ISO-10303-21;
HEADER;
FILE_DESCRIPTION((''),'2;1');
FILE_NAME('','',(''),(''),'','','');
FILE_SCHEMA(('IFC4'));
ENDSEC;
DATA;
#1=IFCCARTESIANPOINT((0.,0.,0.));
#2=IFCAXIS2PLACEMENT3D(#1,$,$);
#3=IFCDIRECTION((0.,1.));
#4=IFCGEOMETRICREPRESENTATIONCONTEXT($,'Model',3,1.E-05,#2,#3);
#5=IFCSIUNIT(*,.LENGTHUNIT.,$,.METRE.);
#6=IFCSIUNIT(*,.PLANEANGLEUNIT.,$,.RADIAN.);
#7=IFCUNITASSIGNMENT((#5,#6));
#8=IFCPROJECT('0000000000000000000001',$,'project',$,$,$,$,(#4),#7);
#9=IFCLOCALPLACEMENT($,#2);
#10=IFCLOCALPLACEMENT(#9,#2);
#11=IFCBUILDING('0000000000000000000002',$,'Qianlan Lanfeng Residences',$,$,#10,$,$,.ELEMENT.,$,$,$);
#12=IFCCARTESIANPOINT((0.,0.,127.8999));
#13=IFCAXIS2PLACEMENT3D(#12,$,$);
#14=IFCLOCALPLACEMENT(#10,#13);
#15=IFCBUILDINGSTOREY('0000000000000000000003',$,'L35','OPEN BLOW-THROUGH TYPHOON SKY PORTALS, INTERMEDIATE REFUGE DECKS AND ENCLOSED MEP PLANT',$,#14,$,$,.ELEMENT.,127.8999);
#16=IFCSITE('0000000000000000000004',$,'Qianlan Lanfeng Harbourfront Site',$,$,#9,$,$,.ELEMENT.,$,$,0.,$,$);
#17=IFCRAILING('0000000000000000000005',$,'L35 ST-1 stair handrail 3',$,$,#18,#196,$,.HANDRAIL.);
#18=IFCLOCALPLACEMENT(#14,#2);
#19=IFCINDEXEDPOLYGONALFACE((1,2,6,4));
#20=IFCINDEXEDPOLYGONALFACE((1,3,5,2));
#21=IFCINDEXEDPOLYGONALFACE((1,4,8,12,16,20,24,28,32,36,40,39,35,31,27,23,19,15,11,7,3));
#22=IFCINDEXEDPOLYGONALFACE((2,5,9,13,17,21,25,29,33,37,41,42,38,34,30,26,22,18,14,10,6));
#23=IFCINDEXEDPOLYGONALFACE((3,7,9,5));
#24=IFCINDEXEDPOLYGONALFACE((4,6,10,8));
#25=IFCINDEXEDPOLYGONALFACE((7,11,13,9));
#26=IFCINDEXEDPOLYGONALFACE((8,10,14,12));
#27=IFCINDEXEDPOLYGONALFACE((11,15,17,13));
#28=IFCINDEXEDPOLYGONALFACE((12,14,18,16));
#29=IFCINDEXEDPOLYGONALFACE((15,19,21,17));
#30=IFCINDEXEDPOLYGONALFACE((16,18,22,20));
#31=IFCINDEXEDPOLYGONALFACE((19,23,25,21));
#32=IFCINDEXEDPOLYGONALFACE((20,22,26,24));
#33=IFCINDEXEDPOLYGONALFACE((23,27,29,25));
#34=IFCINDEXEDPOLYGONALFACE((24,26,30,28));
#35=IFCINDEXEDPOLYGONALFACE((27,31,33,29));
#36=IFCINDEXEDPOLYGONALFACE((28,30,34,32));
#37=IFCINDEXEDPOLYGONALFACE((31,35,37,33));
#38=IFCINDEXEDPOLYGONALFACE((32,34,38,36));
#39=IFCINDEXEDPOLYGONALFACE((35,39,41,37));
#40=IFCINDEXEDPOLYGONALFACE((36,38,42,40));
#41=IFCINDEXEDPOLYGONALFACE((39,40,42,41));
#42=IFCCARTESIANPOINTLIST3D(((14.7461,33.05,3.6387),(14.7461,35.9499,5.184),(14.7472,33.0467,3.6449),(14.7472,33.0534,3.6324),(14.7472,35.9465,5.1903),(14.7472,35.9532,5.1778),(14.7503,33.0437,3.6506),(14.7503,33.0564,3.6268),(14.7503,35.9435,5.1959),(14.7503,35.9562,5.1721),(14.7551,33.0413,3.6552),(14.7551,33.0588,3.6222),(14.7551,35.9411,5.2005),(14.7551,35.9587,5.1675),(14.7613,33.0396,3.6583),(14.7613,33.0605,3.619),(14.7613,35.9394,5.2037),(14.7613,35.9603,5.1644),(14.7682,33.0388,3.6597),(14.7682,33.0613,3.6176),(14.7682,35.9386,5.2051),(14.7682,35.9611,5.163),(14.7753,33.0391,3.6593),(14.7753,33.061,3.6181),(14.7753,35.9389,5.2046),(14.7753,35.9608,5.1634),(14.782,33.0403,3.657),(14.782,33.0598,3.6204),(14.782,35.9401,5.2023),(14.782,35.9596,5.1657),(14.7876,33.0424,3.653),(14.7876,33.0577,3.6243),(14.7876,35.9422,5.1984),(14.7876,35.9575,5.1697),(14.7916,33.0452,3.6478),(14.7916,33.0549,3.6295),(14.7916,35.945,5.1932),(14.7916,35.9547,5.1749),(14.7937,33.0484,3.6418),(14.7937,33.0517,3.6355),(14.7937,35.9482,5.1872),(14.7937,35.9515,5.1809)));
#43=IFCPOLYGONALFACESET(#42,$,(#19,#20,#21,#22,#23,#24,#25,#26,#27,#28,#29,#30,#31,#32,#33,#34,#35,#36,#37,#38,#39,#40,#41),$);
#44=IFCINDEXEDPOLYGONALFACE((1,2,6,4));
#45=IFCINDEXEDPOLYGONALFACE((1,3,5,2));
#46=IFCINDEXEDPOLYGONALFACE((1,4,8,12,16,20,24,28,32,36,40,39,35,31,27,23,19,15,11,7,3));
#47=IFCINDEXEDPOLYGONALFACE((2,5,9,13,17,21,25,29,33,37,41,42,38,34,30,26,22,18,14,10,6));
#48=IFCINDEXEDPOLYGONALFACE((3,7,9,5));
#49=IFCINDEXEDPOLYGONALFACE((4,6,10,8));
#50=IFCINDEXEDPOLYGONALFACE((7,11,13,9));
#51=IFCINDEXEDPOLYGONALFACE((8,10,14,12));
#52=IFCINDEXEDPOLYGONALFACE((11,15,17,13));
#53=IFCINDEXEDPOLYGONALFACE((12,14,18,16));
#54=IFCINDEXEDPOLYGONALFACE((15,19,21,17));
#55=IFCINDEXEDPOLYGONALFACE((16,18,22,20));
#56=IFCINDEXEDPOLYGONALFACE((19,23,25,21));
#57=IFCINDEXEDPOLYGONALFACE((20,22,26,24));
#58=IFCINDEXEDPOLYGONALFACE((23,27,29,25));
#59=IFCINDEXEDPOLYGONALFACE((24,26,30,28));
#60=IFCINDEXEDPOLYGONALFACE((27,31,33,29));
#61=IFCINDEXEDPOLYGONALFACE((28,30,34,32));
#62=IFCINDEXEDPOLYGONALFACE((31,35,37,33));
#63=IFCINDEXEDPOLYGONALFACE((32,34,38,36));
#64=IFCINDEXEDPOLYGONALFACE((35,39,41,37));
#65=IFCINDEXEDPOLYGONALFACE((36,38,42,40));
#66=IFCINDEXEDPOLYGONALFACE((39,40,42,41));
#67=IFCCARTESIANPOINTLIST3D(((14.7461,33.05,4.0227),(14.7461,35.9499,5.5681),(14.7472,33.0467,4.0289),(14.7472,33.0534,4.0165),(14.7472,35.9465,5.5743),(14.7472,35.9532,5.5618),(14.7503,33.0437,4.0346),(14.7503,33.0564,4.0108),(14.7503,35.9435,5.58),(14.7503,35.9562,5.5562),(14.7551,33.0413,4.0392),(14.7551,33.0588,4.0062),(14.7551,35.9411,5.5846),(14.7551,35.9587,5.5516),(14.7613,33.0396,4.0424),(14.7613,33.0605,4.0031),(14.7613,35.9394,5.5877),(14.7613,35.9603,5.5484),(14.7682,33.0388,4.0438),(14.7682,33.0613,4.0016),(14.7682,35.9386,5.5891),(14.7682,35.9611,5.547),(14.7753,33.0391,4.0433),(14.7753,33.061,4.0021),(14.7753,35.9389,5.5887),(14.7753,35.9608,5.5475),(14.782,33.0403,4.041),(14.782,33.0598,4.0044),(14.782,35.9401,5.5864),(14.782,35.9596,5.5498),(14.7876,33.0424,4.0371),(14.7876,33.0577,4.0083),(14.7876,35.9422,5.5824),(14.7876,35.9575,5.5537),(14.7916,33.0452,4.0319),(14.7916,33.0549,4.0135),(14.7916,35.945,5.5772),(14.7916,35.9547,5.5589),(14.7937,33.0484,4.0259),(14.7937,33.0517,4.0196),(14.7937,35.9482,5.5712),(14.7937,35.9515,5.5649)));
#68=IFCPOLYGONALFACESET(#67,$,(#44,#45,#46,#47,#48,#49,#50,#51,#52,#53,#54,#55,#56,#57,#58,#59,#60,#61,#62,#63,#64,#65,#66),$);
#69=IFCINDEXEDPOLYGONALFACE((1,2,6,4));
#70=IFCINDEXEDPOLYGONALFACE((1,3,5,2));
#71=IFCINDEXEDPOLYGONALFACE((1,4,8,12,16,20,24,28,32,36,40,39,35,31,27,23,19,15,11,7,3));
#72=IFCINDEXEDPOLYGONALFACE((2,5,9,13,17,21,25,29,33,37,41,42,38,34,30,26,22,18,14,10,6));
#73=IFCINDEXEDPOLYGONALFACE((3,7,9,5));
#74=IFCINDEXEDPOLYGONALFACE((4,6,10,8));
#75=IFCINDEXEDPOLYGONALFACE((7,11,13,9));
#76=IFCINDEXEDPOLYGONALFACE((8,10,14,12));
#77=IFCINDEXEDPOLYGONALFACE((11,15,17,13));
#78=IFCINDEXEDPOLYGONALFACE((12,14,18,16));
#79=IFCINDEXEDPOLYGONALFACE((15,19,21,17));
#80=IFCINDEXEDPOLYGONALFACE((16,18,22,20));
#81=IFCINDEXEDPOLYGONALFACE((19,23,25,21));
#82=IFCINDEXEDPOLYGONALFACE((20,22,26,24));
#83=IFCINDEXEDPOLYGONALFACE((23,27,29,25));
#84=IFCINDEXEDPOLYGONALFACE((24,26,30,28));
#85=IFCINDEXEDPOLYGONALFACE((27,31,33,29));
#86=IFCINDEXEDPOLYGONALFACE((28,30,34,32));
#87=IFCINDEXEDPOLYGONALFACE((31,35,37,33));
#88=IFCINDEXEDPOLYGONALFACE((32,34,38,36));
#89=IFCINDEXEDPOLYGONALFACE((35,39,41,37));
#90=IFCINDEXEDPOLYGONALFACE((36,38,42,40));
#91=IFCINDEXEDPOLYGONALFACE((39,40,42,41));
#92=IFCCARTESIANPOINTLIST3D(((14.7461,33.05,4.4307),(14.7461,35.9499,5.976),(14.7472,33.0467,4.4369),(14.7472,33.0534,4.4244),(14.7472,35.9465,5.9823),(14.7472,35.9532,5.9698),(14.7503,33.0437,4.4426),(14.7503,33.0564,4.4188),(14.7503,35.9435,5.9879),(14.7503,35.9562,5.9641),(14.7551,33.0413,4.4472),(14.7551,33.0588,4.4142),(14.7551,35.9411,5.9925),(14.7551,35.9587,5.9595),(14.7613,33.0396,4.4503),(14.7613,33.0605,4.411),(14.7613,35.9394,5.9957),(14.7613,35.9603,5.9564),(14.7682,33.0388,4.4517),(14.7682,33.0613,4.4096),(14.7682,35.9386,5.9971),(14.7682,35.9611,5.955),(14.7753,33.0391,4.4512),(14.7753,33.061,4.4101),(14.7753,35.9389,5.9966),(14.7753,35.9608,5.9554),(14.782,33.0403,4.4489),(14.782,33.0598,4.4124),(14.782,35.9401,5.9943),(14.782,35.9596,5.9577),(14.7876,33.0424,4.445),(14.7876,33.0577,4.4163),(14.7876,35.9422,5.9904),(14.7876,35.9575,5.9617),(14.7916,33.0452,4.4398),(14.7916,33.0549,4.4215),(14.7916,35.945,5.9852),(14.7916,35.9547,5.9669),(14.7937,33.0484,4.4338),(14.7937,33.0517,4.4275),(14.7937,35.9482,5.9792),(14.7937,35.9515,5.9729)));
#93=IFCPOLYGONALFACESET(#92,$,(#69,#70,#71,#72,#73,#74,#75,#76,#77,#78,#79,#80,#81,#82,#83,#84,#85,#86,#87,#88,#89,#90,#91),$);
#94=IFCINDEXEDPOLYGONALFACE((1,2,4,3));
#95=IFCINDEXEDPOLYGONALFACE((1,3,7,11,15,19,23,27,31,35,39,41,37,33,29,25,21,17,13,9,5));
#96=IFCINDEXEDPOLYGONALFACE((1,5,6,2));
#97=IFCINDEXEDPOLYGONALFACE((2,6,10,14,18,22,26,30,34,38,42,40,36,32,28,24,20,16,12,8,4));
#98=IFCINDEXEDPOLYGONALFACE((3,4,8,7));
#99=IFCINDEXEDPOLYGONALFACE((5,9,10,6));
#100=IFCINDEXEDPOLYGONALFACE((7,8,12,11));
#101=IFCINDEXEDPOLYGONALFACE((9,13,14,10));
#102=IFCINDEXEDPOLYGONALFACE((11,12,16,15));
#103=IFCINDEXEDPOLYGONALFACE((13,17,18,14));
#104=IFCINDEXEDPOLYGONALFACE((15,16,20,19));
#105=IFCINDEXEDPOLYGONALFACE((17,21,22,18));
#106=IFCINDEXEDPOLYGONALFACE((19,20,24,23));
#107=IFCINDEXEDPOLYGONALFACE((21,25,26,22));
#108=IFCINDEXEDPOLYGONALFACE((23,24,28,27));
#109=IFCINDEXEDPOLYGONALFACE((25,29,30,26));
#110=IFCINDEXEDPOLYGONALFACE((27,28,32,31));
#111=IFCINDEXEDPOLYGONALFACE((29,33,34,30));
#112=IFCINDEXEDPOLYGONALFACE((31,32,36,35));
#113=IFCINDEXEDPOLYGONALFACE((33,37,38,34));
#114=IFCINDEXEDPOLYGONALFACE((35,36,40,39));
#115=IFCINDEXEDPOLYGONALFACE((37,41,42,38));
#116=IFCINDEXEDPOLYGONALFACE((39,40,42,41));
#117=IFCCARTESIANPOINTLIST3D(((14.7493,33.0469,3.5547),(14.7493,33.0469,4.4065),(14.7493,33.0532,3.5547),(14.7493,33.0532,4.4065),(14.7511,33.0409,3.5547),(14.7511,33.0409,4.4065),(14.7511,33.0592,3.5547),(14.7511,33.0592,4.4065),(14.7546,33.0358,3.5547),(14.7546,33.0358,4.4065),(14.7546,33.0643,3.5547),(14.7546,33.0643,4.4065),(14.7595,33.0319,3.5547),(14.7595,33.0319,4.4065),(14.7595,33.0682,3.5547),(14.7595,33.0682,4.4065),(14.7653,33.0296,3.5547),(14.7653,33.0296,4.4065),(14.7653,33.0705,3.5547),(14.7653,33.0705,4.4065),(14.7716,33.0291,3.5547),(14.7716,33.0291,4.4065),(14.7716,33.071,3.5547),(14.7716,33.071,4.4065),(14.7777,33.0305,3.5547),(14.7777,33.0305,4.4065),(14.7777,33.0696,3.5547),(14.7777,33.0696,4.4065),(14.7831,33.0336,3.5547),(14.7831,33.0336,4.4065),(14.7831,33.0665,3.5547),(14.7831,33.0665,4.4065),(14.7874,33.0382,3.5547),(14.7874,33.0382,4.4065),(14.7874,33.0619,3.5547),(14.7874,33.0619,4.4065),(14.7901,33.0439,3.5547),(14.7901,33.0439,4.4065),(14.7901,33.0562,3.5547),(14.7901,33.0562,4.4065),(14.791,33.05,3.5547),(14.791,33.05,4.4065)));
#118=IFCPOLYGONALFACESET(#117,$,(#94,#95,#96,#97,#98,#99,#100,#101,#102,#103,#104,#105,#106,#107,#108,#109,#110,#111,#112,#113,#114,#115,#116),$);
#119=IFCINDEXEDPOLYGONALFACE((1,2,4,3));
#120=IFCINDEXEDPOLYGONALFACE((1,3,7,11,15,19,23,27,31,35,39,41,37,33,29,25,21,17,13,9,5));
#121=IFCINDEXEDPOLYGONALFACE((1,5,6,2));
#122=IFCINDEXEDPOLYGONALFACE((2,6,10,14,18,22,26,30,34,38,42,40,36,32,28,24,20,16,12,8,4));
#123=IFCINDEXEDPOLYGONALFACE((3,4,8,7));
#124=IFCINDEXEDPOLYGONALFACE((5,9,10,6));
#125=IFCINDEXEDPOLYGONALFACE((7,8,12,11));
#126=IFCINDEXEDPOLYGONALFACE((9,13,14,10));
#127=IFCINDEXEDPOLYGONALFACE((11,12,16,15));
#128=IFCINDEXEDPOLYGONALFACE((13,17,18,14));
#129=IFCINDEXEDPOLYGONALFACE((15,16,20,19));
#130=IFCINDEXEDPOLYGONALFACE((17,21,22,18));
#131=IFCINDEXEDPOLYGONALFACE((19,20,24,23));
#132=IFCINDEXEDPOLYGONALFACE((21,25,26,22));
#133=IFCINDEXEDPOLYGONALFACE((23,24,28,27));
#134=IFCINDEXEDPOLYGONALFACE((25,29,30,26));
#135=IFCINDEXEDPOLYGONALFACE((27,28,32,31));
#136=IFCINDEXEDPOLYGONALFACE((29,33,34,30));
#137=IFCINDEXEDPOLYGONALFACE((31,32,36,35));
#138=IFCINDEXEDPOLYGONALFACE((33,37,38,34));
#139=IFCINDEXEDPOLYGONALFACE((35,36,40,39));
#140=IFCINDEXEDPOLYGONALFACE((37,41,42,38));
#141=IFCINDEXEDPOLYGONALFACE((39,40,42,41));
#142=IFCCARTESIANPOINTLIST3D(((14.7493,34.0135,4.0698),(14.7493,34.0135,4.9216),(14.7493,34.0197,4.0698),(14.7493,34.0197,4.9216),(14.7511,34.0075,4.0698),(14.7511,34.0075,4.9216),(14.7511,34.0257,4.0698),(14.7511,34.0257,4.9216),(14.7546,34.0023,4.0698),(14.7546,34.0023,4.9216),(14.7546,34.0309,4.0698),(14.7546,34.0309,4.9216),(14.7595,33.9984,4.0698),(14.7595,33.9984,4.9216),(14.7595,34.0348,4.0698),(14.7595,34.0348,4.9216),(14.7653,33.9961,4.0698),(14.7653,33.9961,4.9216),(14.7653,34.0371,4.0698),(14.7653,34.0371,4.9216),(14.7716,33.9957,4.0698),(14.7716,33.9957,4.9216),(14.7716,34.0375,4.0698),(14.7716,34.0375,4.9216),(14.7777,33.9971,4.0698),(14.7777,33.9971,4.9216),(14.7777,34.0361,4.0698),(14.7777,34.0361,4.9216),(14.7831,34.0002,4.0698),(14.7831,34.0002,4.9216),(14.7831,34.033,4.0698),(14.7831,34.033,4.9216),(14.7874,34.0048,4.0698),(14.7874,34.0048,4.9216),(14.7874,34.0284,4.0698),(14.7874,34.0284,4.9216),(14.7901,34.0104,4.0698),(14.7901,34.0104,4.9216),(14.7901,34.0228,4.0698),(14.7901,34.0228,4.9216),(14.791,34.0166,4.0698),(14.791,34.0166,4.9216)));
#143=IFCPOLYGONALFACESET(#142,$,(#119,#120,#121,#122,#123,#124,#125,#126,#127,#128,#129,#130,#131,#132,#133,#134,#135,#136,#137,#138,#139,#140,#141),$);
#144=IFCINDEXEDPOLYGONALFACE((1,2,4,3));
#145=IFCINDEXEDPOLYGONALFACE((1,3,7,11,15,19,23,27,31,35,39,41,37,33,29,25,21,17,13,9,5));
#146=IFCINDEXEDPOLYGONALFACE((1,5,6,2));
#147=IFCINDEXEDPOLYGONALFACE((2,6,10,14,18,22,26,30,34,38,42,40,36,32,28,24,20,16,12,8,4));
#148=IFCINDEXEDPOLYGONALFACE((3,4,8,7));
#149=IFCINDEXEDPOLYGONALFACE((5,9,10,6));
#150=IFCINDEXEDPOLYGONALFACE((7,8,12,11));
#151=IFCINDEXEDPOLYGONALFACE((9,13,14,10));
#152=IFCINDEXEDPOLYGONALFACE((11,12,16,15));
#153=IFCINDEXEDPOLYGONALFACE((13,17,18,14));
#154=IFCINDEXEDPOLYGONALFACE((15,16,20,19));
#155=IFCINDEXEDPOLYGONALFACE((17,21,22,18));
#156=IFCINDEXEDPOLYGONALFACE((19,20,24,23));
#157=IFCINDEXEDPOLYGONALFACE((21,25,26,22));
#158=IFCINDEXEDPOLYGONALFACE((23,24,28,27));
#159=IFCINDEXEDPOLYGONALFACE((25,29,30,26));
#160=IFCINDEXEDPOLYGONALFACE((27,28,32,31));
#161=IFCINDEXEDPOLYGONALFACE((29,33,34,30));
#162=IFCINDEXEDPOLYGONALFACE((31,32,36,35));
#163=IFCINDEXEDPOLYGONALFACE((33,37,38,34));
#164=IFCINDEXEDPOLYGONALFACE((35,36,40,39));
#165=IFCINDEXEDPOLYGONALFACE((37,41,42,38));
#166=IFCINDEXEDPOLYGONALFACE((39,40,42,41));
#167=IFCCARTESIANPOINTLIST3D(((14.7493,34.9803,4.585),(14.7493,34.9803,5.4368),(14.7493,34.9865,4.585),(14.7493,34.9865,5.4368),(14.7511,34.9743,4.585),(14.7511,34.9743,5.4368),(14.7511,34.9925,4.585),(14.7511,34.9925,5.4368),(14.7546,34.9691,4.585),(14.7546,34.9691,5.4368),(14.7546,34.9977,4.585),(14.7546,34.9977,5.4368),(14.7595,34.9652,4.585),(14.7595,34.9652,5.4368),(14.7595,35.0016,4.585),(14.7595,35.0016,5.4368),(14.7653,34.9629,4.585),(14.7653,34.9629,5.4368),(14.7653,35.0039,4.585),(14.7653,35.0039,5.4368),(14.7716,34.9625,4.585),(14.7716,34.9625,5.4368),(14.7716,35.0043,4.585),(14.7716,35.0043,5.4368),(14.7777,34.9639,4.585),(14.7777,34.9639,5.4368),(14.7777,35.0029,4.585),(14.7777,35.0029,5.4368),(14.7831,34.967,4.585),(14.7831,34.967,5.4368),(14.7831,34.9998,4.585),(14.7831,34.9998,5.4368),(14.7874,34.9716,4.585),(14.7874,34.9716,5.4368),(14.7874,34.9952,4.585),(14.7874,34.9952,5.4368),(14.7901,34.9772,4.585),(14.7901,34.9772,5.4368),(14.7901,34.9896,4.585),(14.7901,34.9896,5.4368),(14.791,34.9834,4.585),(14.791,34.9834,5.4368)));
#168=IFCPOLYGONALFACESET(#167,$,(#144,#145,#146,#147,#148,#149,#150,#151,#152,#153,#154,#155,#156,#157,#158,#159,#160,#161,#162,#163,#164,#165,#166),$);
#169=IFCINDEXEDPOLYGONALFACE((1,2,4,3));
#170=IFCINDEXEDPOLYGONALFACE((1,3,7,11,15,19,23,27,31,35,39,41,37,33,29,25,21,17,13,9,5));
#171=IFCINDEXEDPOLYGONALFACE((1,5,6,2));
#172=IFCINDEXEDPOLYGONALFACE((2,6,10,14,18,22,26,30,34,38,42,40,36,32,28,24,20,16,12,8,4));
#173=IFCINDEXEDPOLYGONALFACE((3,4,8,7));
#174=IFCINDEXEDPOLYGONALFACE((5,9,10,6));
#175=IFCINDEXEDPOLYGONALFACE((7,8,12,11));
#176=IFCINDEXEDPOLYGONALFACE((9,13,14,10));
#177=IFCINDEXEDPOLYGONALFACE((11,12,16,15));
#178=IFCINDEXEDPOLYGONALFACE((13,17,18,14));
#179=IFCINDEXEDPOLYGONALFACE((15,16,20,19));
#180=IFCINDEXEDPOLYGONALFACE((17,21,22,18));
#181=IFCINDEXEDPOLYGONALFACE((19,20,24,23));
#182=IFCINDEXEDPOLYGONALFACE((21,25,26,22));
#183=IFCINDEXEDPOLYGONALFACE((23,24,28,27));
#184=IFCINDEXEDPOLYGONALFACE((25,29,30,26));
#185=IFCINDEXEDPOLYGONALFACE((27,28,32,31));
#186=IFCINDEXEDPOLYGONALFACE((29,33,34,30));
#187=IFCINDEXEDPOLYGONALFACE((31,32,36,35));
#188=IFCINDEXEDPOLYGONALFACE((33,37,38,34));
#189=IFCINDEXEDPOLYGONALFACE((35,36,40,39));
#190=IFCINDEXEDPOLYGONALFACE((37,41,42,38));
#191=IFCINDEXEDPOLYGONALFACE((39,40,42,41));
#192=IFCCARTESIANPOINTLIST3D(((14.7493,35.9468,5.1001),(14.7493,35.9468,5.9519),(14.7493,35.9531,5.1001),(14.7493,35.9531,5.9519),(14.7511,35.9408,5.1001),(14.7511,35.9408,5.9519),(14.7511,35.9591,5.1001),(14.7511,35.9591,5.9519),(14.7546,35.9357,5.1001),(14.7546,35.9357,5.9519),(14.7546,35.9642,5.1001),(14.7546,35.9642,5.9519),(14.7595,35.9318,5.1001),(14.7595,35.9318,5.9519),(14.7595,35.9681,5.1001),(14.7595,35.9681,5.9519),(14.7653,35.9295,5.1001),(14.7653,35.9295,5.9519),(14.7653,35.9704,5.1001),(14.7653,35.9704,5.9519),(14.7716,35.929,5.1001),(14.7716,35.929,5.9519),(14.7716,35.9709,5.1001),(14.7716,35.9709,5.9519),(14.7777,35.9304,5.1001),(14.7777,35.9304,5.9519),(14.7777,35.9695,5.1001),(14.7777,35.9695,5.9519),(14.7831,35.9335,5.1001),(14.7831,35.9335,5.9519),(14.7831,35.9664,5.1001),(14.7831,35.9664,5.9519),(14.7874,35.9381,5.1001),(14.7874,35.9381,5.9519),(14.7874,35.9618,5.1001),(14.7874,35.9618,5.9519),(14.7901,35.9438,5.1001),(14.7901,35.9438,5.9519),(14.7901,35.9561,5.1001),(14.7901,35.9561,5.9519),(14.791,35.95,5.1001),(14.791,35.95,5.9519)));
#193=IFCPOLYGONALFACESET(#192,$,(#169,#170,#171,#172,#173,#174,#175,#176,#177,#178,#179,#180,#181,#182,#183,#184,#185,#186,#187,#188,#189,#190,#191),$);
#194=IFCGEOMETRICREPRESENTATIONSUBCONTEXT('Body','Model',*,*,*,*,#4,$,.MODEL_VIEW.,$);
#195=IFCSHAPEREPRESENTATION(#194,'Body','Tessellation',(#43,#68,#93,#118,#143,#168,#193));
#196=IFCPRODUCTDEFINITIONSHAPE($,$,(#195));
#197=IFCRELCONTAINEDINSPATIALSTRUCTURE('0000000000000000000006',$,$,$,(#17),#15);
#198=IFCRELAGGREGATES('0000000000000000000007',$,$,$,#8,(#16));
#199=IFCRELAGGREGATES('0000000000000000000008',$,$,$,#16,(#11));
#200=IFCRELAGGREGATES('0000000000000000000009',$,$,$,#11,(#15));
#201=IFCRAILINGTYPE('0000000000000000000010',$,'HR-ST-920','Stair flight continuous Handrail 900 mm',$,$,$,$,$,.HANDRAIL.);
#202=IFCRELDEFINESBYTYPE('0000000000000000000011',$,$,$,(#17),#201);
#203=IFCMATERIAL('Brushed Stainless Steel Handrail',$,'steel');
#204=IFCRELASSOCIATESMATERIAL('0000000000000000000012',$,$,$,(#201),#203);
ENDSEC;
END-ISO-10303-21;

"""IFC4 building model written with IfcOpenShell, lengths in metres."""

from ifc_helpers import new_model, si_unit, direction, frame, origin, origin_2d, place, context, subcontext, project, spatial, circle, extrude, material, type_object, element, save


model = new_model("IFC4")

# Units and contexts
model_context = context("Model", 3, precision=1e-05, world=origin(), true_north=direction((0.0, 1.0)))
body_context = subcontext(model_context, "Body", "Model", "MODEL_VIEW")
ifc_project = project(units=[si_unit("LENGTHUNIT", "METRE"), si_unit("PLANEANGLEUNIT", "RADIAN")], contexts=[model_context])

# Site, building, storey
site_placement = place(None, origin())
site = spatial("IfcSite", under=ifc_project, at=site_placement, Name="Qianlan Lanfeng Harbourfront Site", CompositionType="ELEMENT", RefElevation=0.0)
building_placement = place(site_placement, origin())
building = spatial("IfcBuilding", under=site, at=building_placement, Name="Qianlan Lanfeng Residences", CompositionType="ELEMENT")
storey_placement = place(building_placement, frame((0.0, 0.0, 127.8999)))
storey = spatial("IfcBuildingStorey", under=building, at=storey_placement, Name="L35", Description="OPEN BLOW-THROUGH TYPHOON SKY PORTALS, INTERMEDIATE REFUGE DECKS AND ENCLOSED MEP PLANT", CompositionType="ELEMENT", Elevation=127.8999)

# Railing
ifc_material_1 = material(Name="Brushed Stainless Steel Handrail", Category="steel")
railing_type_1 = type_object("IfcRailingType", Name="HR-ST-920", Description="Stair flight continuous Handrail 900 mm", PredefinedType="HANDRAIL", material=ifc_material_1)
railing_1_placement = place(storey_placement, frame((14.77, 33.05, 3.5547)))
element("IfcRailing", 1, at=railing_1_placement, inside=storey, type_object=railing_type_1, Name="L35 ST-1 stair handrail 3", PredefinedType="HANDRAIL", context=body_context, shape_type="SweptSolid", body=[
    extrude(circle(Radius=0.0239, at=origin_2d()), frame((0.0, 0.0, 0.084), z_axis=(0.0, 0.882505, 0.470303), x_axis=(-1.0, 0.0, 0.0)), (0.0, 0.0, 1.0), 3.2859),
    extrude(circle(Radius=0.0239, at=origin_2d()), frame((0.0, 0.0, 0.468), z_axis=(0.0, 0.882505, 0.470303), x_axis=(-1.0, 0.0, 0.0)), (0.0, 0.0, 1.0), 3.2859),
    extrude(circle(Radius=0.0239, at=origin_2d()), frame((0.0, 0.0, 0.876), z_axis=(0.0, 0.882505, 0.470303), x_axis=(-1.0, 0.0, 0.0)), (0.0, 0.0, 1.0), 3.2859),
    extrude(circle(Radius=0.021, at=origin_2d()), origin(), (0.0, 0.0, 1.0), 0.8518),
    extrude(circle(Radius=0.021, at=origin_2d()), frame((0.0, 0.9666, 0.5151)), (0.0, 0.0, 1.0), 0.8518),
    extrude(circle(Radius=0.021, at=origin_2d()), frame((0.0, 1.9333, 1.0303)), (0.0, 0.0, 1.0), 0.8518),
    extrude(circle(Radius=0.021, at=origin_2d()), frame((0.0, 2.8999, 1.5454)), (0.0, 0.0, 1.0), 0.8518),
])

save(model, "model.ifc")
